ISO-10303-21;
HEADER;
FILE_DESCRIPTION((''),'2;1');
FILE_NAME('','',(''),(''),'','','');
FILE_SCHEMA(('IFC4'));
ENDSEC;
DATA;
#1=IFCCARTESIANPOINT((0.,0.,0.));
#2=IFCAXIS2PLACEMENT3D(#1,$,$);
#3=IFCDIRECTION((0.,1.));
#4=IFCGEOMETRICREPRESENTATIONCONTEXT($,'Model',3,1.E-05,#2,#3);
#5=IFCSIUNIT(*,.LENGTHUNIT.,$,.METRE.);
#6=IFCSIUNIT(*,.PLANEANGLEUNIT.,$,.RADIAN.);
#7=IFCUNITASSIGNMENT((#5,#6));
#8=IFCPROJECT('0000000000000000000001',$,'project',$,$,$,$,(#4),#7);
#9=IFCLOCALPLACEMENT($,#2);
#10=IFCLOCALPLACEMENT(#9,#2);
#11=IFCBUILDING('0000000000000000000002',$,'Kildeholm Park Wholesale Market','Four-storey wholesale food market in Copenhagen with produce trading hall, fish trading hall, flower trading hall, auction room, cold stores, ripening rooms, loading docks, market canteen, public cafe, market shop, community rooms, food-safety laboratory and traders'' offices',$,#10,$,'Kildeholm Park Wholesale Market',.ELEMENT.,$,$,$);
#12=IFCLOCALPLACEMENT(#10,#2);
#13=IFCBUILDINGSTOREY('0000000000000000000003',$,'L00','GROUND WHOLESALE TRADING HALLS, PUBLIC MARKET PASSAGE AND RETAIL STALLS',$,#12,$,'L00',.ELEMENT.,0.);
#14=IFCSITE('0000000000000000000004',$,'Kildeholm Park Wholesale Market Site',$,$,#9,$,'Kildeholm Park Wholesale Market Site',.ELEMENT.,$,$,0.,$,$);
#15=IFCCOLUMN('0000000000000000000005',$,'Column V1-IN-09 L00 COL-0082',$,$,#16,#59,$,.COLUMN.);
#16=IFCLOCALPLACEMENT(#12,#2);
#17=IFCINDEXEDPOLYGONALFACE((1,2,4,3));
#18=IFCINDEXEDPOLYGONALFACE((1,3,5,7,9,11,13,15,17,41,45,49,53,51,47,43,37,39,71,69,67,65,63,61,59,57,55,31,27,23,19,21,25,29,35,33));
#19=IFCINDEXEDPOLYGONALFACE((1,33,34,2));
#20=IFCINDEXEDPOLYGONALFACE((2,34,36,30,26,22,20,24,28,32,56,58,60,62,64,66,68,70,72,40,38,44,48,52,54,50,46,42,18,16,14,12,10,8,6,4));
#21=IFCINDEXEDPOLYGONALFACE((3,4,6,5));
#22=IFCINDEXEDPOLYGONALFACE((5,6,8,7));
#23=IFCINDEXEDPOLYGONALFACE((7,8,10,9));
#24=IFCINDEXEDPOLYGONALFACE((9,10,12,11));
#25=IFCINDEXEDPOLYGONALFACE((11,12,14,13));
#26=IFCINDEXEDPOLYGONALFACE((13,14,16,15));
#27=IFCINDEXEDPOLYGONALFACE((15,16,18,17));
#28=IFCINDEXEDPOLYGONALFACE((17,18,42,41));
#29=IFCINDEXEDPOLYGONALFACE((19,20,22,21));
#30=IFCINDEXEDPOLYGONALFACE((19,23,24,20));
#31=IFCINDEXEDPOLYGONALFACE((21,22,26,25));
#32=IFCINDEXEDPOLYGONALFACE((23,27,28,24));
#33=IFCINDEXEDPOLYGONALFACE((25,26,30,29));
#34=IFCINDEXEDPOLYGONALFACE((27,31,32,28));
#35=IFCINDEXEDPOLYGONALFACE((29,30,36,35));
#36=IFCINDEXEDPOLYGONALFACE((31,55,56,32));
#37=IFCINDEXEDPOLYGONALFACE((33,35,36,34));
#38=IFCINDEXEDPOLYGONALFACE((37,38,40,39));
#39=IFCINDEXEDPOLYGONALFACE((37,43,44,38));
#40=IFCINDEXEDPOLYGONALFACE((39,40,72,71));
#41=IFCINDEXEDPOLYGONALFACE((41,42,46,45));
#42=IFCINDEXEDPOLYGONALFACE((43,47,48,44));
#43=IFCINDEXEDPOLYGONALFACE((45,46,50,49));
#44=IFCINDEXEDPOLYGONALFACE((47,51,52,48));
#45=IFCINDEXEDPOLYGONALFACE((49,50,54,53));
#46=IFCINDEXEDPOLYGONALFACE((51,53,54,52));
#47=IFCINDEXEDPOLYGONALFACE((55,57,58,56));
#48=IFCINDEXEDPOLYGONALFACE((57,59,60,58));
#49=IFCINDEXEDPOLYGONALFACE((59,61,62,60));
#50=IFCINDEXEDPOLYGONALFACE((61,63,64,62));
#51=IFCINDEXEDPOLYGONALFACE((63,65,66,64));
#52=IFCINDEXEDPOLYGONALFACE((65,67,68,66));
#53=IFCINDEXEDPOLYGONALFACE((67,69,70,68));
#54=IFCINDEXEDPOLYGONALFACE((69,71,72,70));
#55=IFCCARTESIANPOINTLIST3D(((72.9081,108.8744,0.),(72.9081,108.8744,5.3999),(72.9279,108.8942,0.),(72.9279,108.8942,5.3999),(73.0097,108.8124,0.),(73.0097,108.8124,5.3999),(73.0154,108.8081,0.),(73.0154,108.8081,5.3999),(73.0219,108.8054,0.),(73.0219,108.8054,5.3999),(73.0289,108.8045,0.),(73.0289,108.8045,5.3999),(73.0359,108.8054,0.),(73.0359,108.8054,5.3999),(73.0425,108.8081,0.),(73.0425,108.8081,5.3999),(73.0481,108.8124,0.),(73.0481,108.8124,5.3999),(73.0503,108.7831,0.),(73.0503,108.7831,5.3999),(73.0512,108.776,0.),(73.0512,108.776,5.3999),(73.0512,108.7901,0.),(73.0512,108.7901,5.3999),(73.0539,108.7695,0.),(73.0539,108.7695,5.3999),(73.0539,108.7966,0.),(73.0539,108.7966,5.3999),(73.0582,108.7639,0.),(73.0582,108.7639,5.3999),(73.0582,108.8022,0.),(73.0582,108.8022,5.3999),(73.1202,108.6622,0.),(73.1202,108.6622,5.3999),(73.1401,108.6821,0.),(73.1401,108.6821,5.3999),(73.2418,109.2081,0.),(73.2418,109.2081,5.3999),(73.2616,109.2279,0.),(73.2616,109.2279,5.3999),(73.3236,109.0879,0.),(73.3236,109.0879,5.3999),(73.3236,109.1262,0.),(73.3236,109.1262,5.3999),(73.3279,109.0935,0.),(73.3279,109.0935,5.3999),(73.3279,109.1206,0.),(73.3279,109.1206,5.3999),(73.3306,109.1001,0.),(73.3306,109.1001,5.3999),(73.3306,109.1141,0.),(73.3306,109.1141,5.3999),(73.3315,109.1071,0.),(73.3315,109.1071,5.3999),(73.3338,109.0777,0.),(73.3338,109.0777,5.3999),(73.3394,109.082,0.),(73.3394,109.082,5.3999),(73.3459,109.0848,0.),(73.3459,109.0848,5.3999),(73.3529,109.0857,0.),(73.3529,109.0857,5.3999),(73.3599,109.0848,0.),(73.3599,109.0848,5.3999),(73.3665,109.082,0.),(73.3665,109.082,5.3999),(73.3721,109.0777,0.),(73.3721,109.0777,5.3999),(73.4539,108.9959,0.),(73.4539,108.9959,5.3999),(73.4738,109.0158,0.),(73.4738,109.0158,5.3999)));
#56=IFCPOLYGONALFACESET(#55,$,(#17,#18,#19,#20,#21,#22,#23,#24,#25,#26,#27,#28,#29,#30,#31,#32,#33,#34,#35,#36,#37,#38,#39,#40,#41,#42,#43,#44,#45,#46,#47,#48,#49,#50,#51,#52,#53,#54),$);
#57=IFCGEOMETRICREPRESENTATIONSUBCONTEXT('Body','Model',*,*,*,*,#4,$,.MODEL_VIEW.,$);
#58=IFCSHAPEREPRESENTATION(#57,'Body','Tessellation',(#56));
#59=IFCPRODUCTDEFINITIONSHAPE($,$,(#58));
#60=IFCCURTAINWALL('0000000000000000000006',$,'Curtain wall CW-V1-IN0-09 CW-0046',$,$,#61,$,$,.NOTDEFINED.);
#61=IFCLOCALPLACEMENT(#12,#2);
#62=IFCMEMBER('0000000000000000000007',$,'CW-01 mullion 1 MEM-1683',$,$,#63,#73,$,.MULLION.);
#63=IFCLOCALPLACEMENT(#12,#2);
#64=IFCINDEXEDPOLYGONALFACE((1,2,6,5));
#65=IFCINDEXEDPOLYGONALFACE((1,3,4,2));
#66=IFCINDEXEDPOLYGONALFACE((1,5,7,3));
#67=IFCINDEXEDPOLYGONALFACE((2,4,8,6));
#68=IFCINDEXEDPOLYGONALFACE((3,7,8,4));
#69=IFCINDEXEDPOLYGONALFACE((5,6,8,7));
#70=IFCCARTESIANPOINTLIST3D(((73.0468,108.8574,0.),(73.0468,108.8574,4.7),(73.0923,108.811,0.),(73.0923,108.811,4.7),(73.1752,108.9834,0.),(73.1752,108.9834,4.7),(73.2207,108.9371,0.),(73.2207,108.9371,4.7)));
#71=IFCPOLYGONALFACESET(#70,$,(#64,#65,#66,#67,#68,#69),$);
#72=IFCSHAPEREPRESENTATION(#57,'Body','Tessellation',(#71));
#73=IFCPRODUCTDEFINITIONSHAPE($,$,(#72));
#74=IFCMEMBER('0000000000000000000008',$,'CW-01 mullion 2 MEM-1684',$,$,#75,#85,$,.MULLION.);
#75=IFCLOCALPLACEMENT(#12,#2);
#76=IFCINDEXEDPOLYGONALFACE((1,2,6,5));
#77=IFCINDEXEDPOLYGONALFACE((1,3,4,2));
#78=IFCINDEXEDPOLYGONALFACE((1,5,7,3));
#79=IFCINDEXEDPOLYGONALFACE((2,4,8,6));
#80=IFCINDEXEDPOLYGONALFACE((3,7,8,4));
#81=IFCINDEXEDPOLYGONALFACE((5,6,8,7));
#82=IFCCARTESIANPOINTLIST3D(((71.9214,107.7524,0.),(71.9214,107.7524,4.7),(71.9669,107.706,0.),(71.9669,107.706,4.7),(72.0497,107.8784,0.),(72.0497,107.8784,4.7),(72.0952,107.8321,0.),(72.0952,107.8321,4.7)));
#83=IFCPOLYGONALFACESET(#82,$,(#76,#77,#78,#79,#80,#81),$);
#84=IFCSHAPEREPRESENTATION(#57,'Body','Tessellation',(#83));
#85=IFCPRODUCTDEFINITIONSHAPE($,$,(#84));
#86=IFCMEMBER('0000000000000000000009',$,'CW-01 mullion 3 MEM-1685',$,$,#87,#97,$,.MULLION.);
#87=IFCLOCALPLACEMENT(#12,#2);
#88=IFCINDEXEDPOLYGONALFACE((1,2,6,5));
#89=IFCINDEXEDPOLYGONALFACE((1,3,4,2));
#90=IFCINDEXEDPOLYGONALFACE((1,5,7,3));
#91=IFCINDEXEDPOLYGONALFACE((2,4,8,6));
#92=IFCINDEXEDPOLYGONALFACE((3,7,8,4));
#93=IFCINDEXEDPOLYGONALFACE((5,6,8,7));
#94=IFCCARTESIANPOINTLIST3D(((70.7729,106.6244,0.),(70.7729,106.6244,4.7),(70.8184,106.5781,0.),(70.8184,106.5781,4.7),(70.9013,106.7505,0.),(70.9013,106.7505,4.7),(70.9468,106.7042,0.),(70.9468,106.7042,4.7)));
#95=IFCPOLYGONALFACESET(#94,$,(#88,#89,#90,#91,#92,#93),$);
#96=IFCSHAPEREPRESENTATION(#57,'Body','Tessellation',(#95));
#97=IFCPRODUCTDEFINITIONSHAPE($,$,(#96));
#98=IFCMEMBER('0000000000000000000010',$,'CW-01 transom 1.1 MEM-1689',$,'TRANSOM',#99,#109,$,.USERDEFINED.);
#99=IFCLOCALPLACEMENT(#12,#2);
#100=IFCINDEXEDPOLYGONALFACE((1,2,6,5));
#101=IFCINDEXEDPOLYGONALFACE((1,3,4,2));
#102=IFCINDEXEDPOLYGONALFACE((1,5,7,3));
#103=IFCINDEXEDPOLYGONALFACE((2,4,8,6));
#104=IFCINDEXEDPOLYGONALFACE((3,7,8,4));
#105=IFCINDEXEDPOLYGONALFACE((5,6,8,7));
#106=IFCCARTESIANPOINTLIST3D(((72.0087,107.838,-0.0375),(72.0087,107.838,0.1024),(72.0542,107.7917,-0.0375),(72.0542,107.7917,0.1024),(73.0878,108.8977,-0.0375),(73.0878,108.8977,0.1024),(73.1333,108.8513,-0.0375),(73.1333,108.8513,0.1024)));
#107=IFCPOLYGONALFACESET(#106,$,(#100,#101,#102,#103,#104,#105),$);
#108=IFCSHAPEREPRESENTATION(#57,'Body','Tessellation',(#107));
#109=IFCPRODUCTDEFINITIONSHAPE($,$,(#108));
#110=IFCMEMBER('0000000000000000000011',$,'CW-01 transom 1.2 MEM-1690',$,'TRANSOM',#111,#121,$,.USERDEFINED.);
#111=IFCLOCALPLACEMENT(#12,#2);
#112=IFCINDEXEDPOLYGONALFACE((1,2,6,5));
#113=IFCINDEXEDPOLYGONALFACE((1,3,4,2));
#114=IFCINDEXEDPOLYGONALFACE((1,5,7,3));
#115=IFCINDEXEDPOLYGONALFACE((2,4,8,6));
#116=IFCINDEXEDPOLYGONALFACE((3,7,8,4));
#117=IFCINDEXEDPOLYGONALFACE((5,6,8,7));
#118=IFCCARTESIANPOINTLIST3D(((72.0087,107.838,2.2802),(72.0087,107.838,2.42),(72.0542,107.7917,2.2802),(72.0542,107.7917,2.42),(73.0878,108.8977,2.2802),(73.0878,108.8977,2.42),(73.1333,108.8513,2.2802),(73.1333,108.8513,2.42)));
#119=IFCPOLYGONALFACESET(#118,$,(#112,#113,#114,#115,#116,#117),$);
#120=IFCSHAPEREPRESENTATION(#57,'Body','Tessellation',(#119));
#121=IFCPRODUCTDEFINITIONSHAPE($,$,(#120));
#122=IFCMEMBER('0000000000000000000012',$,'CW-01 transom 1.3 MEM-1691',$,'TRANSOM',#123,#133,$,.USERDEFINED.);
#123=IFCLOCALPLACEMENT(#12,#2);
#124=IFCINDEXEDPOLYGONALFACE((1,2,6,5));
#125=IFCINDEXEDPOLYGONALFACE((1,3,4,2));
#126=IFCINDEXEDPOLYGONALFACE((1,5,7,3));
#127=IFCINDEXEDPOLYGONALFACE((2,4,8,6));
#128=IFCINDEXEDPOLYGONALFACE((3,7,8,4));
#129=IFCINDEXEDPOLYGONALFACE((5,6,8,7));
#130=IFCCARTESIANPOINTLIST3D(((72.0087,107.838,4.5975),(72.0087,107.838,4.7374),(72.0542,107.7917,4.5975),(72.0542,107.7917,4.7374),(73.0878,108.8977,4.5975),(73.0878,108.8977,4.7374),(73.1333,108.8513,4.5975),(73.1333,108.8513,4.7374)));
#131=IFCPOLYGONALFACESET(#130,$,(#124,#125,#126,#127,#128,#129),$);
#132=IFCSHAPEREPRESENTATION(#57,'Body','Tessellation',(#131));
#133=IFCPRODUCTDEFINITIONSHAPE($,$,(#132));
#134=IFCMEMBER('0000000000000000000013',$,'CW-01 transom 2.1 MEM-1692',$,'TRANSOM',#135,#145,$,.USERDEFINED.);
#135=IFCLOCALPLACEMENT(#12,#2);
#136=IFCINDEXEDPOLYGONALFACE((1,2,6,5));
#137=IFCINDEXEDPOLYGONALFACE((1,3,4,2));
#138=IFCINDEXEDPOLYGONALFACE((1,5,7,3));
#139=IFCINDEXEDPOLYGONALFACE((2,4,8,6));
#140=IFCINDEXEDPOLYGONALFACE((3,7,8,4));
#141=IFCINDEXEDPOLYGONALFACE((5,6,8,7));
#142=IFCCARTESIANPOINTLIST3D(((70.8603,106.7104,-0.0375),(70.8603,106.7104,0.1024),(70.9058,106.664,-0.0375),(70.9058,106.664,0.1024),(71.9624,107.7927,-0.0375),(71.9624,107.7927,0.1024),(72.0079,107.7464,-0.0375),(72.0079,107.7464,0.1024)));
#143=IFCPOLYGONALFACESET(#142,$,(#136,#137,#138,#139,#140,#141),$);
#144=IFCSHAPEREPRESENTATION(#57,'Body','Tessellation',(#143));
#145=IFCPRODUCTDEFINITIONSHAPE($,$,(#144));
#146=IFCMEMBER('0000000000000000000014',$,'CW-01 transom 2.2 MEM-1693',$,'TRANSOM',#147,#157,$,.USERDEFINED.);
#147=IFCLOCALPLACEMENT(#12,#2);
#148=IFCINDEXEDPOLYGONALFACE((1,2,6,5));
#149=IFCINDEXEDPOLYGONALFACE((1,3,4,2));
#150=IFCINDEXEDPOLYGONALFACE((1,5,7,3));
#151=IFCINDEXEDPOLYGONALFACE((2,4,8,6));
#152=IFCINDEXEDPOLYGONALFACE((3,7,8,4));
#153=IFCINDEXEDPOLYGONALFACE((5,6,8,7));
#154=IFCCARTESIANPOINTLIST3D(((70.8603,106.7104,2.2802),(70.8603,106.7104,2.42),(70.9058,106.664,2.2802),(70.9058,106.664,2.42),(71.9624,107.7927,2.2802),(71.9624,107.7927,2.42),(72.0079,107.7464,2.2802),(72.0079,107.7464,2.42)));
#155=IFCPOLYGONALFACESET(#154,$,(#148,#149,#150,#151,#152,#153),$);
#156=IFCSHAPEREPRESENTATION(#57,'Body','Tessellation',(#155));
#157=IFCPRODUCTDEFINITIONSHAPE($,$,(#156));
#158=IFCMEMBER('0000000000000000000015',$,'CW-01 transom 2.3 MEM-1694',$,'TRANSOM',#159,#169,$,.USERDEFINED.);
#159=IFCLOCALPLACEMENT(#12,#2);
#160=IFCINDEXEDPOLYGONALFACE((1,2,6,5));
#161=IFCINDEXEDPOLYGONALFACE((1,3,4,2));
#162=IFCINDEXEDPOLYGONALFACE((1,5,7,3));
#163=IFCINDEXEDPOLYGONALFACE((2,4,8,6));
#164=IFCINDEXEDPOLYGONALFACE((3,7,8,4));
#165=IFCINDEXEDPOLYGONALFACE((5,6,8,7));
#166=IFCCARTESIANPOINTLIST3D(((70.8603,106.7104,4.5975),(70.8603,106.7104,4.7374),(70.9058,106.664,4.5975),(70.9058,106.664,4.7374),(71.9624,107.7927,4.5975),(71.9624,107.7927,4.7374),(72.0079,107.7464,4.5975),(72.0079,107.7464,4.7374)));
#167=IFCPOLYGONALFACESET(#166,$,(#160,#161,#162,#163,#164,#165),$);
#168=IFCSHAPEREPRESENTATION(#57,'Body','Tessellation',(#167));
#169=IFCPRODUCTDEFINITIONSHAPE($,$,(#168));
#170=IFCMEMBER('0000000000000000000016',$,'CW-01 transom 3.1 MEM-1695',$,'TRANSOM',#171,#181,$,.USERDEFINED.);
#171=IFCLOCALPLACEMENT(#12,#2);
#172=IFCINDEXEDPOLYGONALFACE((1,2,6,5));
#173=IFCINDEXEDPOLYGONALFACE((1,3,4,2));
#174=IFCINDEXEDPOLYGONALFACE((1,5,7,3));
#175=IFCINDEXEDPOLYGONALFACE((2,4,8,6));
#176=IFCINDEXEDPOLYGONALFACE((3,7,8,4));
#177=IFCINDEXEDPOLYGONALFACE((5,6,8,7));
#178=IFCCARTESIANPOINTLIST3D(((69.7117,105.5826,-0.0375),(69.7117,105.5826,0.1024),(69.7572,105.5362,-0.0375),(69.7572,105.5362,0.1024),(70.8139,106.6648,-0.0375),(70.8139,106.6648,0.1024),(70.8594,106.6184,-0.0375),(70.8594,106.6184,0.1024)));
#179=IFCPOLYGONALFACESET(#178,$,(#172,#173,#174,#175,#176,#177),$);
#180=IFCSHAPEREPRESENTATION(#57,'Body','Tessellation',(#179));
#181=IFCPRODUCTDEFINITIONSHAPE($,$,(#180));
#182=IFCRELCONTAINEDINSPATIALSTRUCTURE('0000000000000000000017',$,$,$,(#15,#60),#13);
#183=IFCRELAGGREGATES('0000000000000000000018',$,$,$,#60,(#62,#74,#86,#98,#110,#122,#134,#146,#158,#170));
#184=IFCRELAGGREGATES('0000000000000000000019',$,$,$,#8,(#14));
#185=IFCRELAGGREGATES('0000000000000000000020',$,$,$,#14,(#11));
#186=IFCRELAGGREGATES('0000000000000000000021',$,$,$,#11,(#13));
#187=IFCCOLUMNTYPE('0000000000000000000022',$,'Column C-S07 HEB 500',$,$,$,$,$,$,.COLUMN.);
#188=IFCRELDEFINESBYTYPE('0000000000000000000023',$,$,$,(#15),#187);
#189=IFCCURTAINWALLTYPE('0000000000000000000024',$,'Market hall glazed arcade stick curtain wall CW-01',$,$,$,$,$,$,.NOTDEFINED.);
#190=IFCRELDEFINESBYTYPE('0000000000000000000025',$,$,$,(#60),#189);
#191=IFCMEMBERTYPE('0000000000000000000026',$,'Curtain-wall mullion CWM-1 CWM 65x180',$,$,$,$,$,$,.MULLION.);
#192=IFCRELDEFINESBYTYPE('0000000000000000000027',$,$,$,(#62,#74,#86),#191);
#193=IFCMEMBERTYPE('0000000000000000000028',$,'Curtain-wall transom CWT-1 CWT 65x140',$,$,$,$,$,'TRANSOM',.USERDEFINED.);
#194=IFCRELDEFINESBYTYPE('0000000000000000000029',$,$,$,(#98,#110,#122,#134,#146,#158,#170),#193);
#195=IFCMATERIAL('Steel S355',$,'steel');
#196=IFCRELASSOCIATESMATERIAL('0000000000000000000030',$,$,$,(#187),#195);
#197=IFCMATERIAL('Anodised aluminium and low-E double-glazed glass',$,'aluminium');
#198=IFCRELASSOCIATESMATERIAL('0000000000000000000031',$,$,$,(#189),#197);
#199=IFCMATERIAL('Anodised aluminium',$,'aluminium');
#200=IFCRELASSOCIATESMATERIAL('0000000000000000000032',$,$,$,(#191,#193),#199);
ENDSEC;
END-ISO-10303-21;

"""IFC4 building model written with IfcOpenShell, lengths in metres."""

from ifc_helpers import new_model, si_unit, direction, frame, origin, origin_2d, place, context, subcontext, project, spatial, rectangle, i_section, extrude, material, material_profile, profile_set, type_object, element, aggregate, save


model = new_model("IFC4")

# Units and contexts
model_context = context("Model", 3, precision=1e-05, world=origin(), true_north=direction((0.0, 1.0)))
body_context = subcontext(model_context, "Body", "Model", "MODEL_VIEW")
ifc_project = project(units=[si_unit("LENGTHUNIT", "METRE"), si_unit("PLANEANGLEUNIT", "RADIAN")], contexts=[model_context])

# Site, building, storey
site_placement = place(None, origin())
site = spatial("IfcSite", under=ifc_project, at=site_placement, Name="Kildeholm Park Wholesale Market Site", LongName="Kildeholm Park Wholesale Market Site", CompositionType="ELEMENT", RefElevation=0.0)
building_placement = place(site_placement, origin())
building = spatial("IfcBuilding", under=site, at=building_placement, Name="Kildeholm Park Wholesale Market", Description="Four-storey wholesale food market in Copenhagen with produce trading hall, fish trading hall, flower trading hall, auction room, cold stores, ripening rooms, loading docks, market canteen, public cafe, market shop, community rooms, food-safety laboratory and traders' offices", LongName="Kildeholm Park Wholesale Market", CompositionType="ELEMENT")
storey_placement = place(building_placement, origin())
storey = spatial("IfcBuildingStorey", under=building, at=storey_placement, Name="L00", Description="GROUND WHOLESALE TRADING HALLS, PUBLIC MARKET PASSAGE AND RETAIL STALLS", LongName="L00", CompositionType="ELEMENT", Elevation=0.0)

# Column
ifc_material_1 = material(Name="Steel S355", Category="steel")
ifc_material_profile_1 = material_profile(ifc_material_1, i_section(OverallWidth=0.3, OverallDepth=0.5, WebThickness=0.0144, FlangeThickness=0.0281, FilletRadius=0.0271, at=origin_2d()), Name="HEB 500")
ifc_profile_set_1 = profile_set([ifc_material_profile_1], Name="Steel S355")
column_type = type_object("IfcColumnType", Name="Column C-S07 HEB 500", PredefinedType="COLUMN", material=ifc_profile_set_1)
column_placement = place(storey_placement, frame((73.1909, 108.9451, 0.0), z_axis=(0.0, 0.0, 1.0), x_axis=(-0.707107, 0.707107, 0.0)))
element("IfcColumn", 1, at=column_placement, inside=storey, type_object=column_type, Name="Column V1-IN-09 L00 COL-0082", PredefinedType="COLUMN", context=body_context, shape_type="SweptSolid", body=[
    extrude(i_section(OverallWidth=0.3, OverallDepth=0.5, WebThickness=0.0144, FlangeThickness=0.0281, FilletRadius=0.0271, at=origin_2d()), origin(), (0.0, 0.0, 1.0), 5.3999),
])

# Curtain wall, members
ifc_material_2 = material(Name="Anodised aluminium and low-E double-glazed glass", Category="aluminium")
curtain_wall_type = type_object("IfcCurtainWallType", Name="Market hall glazed arcade stick curtain wall CW-01", PredefinedType="NOTDEFINED", material=ifc_material_2)
curtain_wall_placement = place(storey_placement, origin())
curtain_wall = element("IfcCurtainWall", 2, at=curtain_wall_placement, inside=storey, type_object=curtain_wall_type, Name="Curtain wall CW-V1-IN0-09 CW-0046", PredefinedType="NOTDEFINED")
ifc_material_3 = material(Name="Anodised aluminium", Category="aluminium")
ifc_material_profile_2 = material_profile(ifc_material_3, rectangle(XDim=0.0649, YDim=0.1799, at=origin_2d()), Name="CWM 65x180")
ifc_profile_set_2 = profile_set([ifc_material_profile_2], Name="Anodised aluminium")
member_type_1 = type_object("IfcMemberType", Name="Curtain-wall mullion CWM-1 CWM 65x180", PredefinedType="MULLION", material=ifc_profile_set_2)
member_1_placement = place(storey_placement, frame((73.1338, 108.8972, 0.0), z_axis=(0.0, 0.0, 1.0), x_axis=(0.700617, -0.713538, 0.0)))
member_1 = element("IfcMember", 3, at=member_1_placement, type_object=member_type_1, Name="CW-01 mullion 1 MEM-1683", PredefinedType="MULLION", context=body_context, shape_type="SweptSolid", body=[
    extrude(rectangle(XDim=0.0649, YDim=0.1799, at=origin_2d()), origin(), (0.0, 0.0, 1.0), 4.7),
])
member_2_placement = place(storey_placement, frame((72.0083, 107.7922, 0.0), z_axis=(0.0, 0.0, 1.0), x_axis=(0.700617, -0.713538, 0.0)))
member_2 = element("IfcMember", 4, at=member_2_placement, type_object=member_type_1, Name="CW-01 mullion 2 MEM-1684", PredefinedType="MULLION", context=body_context, shape_type="SweptSolid", body=[
    extrude(rectangle(XDim=0.0649, YDim=0.1799, at=origin_2d()), origin(), (0.0, 0.0, 1.0), 4.7),
])
member_3_placement = place(storey_placement, frame((70.8599, 106.6643, 0.0), z_axis=(0.0, 0.0, 1.0), x_axis=(0.700617, -0.713538, 0.0)))
member_3 = element("IfcMember", 5, at=member_3_placement, type_object=member_type_1, Name="CW-01 mullion 3 MEM-1685", PredefinedType="MULLION", context=body_context, shape_type="SweptSolid", body=[
    extrude(rectangle(XDim=0.0649, YDim=0.1799, at=origin_2d()), origin(), (0.0, 0.0, 1.0), 4.7),
])
ifc_material_profile_3 = material_profile(ifc_material_3, rectangle(XDim=0.0649, YDim=0.1399, at=origin_2d()), Name="CWT 65x140")
ifc_profile_set_3 = profile_set([ifc_material_profile_3], Name="Anodised aluminium")
member_type_2 = type_object("IfcMemberType", Name="Curtain-wall transom CWT-1 CWT 65x140", ElementType="TRANSOM", PredefinedType="USERDEFINED", material=ifc_profile_set_3)
member_4_placement = place(storey_placement, frame((73.1106, 108.8745, 0.0325), z_axis=(-0.713535, -0.70062, 0.0), x_axis=(0.70062, -0.713535, 0.0)))
member_4 = element("IfcMember", 6, at=member_4_placement, type_object=member_type_2, Name="CW-01 transom 1.1 MEM-1689", ObjectType="TRANSOM", PredefinedType="USERDEFINED", context=body_context, shape_type="SweptSolid", body=[
    extrude(rectangle(XDim=0.0649, YDim=0.1399, at=origin_2d()), origin(), (0.0, 0.0, 1.0), 1.5125),
])
member_5_placement = place(storey_placement, frame((73.1106, 108.8745, 2.3501), z_axis=(-0.713535, -0.70062, 0.0), x_axis=(0.70062, -0.713535, 0.0)))
member_5 = element("IfcMember", 7, at=member_5_placement, type_object=member_type_2, Name="CW-01 transom 1.2 MEM-1690", ObjectType="TRANSOM", PredefinedType="USERDEFINED", context=body_context, shape_type="SweptSolid", body=[
    extrude(rectangle(XDim=0.0649, YDim=0.1399, at=origin_2d()), origin(), (0.0, 0.0, 1.0), 1.5125),
])
member_6_placement = place(storey_placement, frame((73.1106, 108.8745, 4.6675), z_axis=(-0.713535, -0.70062, 0.0), x_axis=(0.70062, -0.713535, 0.0)))
member_6 = element("IfcMember", 8, at=member_6_placement, type_object=member_type_2, Name="CW-01 transom 1.3 MEM-1691", ObjectType="TRANSOM", PredefinedType="USERDEFINED", context=body_context, shape_type="SweptSolid", body=[
    extrude(rectangle(XDim=0.0649, YDim=0.1399, at=origin_2d()), origin(), (0.0, 0.0, 1.0), 1.5125),
])
member_7_placement = place(storey_placement, frame((71.9851, 107.7695, 0.0325), z_axis=(-0.713479, -0.700676, 0.0), x_axis=(0.700676, -0.713479, 0.0)))
member_7 = element("IfcMember", 9, at=member_7_placement, type_object=member_type_2, Name="CW-01 transom 2.1 MEM-1692", ObjectType="TRANSOM", PredefinedType="USERDEFINED", context=body_context, shape_type="SweptSolid", body=[
    extrude(rectangle(XDim=0.0649, YDim=0.1399, at=origin_2d()), origin(), (0.0, 0.0, 1.0), 1.5447),
])
member_8_placement = place(storey_placement, frame((71.9851, 107.7695, 2.3501), z_axis=(-0.713479, -0.700676, 0.0), x_axis=(0.700676, -0.713479, 0.0)))
member_8 = element("IfcMember", 10, at=member_8_placement, type_object=member_type_2, Name="CW-01 transom 2.2 MEM-1693", ObjectType="TRANSOM", PredefinedType="USERDEFINED", context=body_context, shape_type="SweptSolid", body=[
    extrude(rectangle(XDim=0.0649, YDim=0.1399, at=origin_2d()), origin(), (0.0, 0.0, 1.0), 1.5447),
])
member_9_placement = place(storey_placement, frame((71.9851, 107.7695, 4.6675), z_axis=(-0.713479, -0.700676, 0.0), x_axis=(0.700676, -0.713479, 0.0)))
member_9 = element("IfcMember", 11, at=member_9_placement, type_object=member_type_2, Name="CW-01 transom 2.3 MEM-1694", ObjectType="TRANSOM", PredefinedType="USERDEFINED", context=body_context, shape_type="SweptSolid", body=[
    extrude(rectangle(XDim=0.0649, YDim=0.1399, at=origin_2d()), origin(), (0.0, 0.0, 1.0), 1.5447),
])
member_10_placement = place(storey_placement, frame((70.8367, 106.6416, 0.0325), z_axis=(-0.713557, -0.700597, 0.0), x_axis=(0.700597, -0.713557, 0.0)))
member_10 = element("IfcMember", 12, at=member_10_placement, type_object=member_type_2, Name="CW-01 transom 3.1 MEM-1695", ObjectType="TRANSOM", PredefinedType="USERDEFINED", context=body_context, shape_type="SweptSolid", body=[
    extrude(rectangle(XDim=0.0649, YDim=0.1399, at=origin_2d()), origin(), (0.0, 0.0, 1.0), 1.5447),
])
aggregate(curtain_wall, [member_1, member_2, member_3, member_4, member_5, member_6, member_7, member_8, member_9, member_10])

save(model, "model.ifc")
